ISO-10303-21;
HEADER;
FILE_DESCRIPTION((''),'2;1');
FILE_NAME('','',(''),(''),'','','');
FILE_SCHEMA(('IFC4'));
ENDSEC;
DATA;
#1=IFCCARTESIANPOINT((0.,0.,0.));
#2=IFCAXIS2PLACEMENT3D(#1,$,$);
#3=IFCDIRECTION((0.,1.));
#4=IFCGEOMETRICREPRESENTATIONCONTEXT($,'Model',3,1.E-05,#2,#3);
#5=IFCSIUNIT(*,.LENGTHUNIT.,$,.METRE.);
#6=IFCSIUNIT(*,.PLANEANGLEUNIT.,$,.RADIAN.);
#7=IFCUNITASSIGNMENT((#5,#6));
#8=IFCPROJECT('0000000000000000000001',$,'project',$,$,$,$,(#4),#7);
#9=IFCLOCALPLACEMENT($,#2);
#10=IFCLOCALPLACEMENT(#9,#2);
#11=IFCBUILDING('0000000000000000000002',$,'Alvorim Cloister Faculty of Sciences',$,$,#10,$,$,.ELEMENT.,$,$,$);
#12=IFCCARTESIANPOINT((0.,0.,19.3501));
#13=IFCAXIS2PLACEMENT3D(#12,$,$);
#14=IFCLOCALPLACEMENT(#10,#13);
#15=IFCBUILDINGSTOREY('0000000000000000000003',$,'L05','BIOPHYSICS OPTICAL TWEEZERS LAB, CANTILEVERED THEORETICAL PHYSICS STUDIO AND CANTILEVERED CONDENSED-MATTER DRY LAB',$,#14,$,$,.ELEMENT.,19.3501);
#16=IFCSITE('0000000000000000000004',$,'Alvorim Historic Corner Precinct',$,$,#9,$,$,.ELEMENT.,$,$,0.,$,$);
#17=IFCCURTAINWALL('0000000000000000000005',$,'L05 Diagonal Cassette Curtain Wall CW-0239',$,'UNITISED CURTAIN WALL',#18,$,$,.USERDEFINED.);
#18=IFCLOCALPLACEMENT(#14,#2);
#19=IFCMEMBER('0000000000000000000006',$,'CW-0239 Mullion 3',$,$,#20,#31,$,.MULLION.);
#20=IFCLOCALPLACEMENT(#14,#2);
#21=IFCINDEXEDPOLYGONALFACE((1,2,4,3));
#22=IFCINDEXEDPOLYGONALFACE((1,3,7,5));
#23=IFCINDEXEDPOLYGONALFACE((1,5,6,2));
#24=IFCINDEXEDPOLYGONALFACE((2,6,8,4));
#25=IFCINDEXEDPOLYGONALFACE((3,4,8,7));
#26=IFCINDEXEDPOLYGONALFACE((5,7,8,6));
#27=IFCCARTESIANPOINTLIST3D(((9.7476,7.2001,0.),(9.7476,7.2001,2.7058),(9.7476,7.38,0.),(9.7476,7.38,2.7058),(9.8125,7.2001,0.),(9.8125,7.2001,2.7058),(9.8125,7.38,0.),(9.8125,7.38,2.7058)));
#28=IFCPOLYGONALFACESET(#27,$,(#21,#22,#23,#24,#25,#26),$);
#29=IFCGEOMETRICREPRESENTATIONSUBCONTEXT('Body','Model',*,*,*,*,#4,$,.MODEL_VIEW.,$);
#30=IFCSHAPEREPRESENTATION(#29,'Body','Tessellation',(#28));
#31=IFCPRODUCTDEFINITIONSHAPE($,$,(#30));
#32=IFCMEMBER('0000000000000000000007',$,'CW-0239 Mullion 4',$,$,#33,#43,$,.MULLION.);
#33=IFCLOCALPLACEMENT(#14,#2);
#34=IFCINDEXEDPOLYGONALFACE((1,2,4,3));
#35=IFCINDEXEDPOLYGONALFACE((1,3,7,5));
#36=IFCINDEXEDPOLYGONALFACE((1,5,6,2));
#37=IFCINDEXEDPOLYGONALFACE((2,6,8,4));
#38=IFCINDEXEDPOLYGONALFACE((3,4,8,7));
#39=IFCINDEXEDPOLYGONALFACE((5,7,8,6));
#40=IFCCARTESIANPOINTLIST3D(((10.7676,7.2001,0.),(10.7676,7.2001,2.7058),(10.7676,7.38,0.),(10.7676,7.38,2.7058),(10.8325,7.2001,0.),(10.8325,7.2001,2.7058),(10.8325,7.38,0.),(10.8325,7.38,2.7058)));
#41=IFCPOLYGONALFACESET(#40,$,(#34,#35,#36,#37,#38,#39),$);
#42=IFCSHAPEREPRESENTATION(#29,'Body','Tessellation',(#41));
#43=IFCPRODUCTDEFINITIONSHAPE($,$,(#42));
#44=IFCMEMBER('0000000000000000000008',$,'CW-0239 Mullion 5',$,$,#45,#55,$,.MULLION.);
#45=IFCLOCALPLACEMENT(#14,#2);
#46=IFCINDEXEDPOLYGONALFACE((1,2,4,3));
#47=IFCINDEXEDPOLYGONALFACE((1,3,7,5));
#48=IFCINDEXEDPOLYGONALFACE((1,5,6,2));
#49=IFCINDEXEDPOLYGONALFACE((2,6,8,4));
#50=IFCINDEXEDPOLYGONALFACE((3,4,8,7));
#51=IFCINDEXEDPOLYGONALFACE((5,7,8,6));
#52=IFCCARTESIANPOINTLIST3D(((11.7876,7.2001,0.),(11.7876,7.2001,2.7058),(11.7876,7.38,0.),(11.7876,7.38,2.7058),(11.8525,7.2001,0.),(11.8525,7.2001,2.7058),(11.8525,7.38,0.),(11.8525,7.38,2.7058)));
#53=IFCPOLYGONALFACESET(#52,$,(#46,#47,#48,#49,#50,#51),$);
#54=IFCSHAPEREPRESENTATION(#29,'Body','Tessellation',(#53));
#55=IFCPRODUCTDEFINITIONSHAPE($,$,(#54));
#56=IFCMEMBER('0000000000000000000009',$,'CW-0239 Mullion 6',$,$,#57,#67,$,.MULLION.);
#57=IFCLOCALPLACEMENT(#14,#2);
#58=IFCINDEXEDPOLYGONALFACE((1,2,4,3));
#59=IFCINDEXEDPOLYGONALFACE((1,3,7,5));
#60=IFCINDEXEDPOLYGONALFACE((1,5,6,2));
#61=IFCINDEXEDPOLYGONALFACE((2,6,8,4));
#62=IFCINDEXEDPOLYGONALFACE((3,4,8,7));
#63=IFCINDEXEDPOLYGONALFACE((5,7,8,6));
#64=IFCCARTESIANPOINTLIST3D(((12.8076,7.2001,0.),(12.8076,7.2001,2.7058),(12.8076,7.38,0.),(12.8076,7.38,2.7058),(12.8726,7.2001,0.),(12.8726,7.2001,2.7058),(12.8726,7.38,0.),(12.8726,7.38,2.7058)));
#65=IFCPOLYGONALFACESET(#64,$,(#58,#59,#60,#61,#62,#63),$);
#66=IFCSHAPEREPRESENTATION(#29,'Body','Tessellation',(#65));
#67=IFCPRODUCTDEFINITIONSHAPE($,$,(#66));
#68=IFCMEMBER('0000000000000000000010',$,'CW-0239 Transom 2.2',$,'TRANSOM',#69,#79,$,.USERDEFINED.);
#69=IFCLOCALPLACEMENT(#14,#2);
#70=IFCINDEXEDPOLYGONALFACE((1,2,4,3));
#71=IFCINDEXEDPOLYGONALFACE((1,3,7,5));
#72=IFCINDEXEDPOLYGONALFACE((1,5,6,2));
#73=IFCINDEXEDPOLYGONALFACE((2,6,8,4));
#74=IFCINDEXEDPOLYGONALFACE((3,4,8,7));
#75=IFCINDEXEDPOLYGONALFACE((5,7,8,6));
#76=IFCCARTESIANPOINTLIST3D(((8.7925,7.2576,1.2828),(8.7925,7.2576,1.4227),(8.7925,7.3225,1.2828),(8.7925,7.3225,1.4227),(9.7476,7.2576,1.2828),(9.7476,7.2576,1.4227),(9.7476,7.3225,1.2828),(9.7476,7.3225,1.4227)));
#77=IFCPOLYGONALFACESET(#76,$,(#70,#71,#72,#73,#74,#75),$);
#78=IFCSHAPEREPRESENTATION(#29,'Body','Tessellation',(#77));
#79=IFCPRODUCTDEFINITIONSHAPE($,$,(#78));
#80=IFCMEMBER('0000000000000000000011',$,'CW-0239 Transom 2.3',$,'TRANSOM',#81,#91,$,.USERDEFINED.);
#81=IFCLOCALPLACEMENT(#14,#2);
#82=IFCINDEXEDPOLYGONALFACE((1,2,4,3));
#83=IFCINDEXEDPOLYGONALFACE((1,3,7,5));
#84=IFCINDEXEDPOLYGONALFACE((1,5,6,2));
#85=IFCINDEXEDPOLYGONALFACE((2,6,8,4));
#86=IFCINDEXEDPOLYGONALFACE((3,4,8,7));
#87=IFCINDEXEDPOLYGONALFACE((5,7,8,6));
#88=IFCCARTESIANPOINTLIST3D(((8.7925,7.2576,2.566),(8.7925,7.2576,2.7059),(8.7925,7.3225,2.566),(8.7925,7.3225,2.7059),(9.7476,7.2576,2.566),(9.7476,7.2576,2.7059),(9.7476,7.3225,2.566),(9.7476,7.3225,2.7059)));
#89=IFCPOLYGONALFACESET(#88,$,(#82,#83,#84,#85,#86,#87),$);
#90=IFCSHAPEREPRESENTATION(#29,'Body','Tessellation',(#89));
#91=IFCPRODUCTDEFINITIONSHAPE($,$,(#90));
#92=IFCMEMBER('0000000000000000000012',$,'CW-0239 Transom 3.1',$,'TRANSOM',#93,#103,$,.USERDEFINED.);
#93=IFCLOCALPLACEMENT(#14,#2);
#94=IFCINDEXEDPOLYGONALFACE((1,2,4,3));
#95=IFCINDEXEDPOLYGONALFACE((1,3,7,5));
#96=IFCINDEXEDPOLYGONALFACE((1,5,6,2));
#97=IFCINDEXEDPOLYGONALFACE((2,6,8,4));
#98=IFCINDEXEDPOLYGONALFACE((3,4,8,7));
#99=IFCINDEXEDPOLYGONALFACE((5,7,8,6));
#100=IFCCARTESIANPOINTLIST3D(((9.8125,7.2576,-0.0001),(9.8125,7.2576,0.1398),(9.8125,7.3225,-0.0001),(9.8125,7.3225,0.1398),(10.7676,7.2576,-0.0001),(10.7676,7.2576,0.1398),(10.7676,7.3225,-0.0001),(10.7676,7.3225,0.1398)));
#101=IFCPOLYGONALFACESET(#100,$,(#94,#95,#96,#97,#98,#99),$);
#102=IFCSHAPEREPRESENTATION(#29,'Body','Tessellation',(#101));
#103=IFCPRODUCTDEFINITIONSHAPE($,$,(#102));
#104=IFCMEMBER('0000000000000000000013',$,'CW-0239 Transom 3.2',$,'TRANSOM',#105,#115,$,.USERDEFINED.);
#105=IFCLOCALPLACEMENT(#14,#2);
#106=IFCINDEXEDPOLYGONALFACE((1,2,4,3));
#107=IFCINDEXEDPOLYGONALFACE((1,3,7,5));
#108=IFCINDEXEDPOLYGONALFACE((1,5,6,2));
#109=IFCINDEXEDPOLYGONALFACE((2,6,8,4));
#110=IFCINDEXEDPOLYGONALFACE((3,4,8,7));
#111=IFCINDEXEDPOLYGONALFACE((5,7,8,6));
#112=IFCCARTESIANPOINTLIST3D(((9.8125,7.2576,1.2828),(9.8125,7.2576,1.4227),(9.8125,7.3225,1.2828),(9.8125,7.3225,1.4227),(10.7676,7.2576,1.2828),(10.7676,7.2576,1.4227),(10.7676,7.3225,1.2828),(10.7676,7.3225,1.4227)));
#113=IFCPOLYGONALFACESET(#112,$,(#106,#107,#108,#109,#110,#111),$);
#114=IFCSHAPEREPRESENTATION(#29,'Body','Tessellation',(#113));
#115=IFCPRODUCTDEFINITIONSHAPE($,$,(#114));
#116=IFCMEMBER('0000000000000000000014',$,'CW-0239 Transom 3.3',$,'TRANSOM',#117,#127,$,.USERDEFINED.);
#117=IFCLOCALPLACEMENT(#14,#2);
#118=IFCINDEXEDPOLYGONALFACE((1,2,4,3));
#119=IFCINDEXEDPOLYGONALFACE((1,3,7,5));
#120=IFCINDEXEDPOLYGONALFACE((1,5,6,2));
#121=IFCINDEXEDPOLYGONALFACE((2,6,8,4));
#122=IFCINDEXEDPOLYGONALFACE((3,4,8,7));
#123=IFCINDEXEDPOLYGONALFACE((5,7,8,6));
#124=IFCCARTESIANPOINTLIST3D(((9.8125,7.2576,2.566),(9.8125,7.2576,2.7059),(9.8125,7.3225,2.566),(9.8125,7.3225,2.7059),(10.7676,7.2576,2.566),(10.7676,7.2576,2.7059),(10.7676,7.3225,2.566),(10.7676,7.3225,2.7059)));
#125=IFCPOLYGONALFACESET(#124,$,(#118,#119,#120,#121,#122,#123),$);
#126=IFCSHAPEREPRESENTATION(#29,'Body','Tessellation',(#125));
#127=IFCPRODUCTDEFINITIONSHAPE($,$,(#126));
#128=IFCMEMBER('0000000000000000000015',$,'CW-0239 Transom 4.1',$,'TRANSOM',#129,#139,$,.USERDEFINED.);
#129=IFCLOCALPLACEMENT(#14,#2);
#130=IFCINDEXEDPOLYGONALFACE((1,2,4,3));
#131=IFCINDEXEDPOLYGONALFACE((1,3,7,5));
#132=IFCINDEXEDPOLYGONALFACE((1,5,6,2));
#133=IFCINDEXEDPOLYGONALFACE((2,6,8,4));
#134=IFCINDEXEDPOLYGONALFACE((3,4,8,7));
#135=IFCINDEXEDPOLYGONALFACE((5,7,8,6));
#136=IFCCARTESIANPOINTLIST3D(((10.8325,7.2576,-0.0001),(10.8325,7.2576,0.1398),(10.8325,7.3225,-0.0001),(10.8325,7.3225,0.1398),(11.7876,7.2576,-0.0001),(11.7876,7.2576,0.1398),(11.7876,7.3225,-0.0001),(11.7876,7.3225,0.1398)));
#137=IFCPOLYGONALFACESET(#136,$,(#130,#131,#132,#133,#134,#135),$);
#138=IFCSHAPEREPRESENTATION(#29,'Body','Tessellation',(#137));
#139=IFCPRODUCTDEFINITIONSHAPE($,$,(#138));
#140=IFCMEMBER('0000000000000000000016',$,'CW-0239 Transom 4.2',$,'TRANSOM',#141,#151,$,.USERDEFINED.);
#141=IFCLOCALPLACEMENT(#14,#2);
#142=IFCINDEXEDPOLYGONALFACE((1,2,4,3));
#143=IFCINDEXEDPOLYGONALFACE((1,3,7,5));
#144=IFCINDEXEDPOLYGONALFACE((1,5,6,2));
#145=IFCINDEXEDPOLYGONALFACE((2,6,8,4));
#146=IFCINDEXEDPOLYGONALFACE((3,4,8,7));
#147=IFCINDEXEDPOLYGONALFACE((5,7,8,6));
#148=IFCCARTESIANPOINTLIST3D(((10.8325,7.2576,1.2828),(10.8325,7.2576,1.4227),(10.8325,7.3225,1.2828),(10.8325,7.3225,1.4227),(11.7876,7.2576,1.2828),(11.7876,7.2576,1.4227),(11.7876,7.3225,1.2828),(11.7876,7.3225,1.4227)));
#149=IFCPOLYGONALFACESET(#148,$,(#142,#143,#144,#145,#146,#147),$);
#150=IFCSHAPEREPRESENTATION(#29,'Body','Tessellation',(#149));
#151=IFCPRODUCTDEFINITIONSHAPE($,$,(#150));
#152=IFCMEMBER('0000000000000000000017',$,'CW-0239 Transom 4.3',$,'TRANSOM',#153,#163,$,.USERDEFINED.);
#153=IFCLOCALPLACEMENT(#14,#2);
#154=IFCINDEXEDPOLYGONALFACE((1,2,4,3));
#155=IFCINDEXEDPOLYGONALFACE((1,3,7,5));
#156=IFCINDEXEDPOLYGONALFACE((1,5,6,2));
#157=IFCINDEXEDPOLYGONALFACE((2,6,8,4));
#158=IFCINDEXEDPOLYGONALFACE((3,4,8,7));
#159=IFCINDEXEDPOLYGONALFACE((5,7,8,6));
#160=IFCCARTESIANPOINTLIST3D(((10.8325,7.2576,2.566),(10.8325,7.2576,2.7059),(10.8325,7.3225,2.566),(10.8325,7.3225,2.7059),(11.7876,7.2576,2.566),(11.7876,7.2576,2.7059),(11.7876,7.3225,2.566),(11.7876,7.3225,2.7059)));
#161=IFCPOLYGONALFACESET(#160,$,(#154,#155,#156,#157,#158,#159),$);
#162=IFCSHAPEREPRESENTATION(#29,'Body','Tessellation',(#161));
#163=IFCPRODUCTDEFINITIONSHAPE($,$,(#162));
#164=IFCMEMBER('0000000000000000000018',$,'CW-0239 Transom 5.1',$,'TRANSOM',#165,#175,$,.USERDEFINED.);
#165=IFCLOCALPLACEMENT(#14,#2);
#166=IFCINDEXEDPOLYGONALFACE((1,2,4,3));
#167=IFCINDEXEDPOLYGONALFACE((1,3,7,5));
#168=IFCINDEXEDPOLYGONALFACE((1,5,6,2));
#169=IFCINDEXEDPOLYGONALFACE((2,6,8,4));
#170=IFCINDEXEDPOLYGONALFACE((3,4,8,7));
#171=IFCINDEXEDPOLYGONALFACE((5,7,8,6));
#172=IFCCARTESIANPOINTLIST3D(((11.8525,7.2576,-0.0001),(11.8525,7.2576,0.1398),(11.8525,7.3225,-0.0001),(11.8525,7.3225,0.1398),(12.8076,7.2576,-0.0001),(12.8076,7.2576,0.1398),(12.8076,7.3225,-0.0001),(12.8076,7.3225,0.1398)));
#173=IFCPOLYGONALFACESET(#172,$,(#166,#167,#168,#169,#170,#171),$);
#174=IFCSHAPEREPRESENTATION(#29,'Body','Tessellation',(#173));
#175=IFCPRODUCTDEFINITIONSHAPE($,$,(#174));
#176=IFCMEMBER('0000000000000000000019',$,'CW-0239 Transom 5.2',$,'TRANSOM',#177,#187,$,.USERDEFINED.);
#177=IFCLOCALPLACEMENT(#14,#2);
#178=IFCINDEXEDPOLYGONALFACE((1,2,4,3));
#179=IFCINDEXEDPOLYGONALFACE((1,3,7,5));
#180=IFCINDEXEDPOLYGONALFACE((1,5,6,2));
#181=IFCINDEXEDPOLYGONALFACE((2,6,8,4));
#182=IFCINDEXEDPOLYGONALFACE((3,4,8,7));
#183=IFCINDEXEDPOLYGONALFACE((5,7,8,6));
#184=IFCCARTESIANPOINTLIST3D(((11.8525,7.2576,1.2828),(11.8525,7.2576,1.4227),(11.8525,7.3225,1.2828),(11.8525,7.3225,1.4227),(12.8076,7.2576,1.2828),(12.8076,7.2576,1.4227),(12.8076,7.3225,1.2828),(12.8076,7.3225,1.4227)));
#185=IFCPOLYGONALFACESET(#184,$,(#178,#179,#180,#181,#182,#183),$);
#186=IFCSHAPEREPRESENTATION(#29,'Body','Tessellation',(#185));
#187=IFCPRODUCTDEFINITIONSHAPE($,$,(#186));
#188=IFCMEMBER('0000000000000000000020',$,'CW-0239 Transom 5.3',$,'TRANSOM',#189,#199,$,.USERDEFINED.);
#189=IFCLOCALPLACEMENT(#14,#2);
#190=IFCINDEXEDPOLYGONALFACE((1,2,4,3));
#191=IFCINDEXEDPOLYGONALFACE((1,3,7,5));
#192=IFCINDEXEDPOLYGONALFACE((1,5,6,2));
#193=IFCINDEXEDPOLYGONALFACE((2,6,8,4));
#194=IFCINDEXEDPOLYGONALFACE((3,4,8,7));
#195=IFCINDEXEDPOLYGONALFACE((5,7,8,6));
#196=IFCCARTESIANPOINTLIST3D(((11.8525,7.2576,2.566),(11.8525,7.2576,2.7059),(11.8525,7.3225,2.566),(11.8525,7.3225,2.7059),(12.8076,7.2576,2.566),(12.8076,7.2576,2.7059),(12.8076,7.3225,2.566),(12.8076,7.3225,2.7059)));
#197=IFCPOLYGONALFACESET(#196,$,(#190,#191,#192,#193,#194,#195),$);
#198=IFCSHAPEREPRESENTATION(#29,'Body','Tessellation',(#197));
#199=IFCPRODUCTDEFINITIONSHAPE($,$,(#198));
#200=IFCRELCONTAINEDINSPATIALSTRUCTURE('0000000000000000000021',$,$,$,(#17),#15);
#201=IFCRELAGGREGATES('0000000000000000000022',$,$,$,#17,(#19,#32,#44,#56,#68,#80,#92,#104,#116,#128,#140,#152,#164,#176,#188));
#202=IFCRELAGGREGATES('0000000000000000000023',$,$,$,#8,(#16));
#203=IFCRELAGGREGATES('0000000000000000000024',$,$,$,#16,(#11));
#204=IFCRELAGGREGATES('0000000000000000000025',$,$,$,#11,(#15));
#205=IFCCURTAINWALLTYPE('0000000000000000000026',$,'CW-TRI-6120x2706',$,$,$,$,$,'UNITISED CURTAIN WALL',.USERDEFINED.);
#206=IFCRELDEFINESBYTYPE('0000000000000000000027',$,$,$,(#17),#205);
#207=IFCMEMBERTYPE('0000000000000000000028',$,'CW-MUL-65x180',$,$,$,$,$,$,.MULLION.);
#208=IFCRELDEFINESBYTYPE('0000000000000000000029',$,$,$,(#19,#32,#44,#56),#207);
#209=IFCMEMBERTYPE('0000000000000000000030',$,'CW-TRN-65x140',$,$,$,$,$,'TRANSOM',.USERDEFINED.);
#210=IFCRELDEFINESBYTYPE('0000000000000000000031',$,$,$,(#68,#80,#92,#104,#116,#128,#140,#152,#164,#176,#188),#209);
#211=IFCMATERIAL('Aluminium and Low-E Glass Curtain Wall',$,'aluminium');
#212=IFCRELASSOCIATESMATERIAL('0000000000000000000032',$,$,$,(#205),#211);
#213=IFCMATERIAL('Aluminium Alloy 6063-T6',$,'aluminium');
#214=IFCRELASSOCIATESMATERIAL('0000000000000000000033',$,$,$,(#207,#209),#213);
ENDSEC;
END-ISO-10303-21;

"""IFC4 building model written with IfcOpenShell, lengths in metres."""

from ifc_helpers import new_model, si_unit, direction, frame, origin, origin_2d, place, context, subcontext, project, spatial, rectangle, extrude, material, material_profile, profile_set, type_object, element, aggregate, save


model = new_model("IFC4")

# Units and contexts
model_context = context("Model", 3, precision=1e-05, world=origin(), true_north=direction((0.0, 1.0)))
body_context = subcontext(model_context, "Body", "Model", "MODEL_VIEW")
ifc_project = project(units=[si_unit("LENGTHUNIT", "METRE"), si_unit("PLANEANGLEUNIT", "RADIAN")], contexts=[model_context])

# Site, building, storey
site_placement = place(None, origin())
site = spatial("IfcSite", under=ifc_project, at=site_placement, Name="Alvorim Historic Corner Precinct", CompositionType="ELEMENT", RefElevation=0.0)
building_placement = place(site_placement, origin())
building = spatial("IfcBuilding", under=site, at=building_placement, Name="Alvorim Cloister Faculty of Sciences", CompositionType="ELEMENT")
storey_placement = place(building_placement, frame((0.0, 0.0, 19.3501)))
storey = spatial("IfcBuildingStorey", under=building, at=storey_placement, Name="L05", Description="BIOPHYSICS OPTICAL TWEEZERS LAB, CANTILEVERED THEORETICAL PHYSICS STUDIO AND CANTILEVERED CONDENSED-MATTER DRY LAB", CompositionType="ELEMENT", Elevation=19.3501)

# Curtain wall, members
ifc_material_1 = material(Name="Aluminium and Low-E Glass Curtain Wall", Category="aluminium")
curtain_wall_type = type_object("IfcCurtainWallType", Name="CW-TRI-6120x2706", ElementType="UNITISED CURTAIN WALL", PredefinedType="USERDEFINED", material=ifc_material_1)
curtain_wall_placement = place(storey_placement, origin())
curtain_wall = element("IfcCurtainWall", 1, at=curtain_wall_placement, inside=storey, type_object=curtain_wall_type, Name="L05 Diagonal Cassette Curtain Wall CW-0239", ObjectType="UNITISED CURTAIN WALL", PredefinedType="USERDEFINED")
ifc_material_2 = material(Name="Aluminium Alloy 6063-T6", Category="aluminium")
ifc_material_profile_1 = material_profile(ifc_material_2, rectangle(XDim=0.0649, YDim=0.1799, at=origin_2d()), Name="ALU-MUL-65x180")
ifc_profile_set_1 = profile_set([ifc_material_profile_1], Name="Aluminium Alloy 6063-T6")
member_type_1 = type_object("IfcMemberType", Name="CW-MUL-65x180", PredefinedType="MULLION", material=ifc_profile_set_1)
member_1_placement = place(storey_placement, frame((9.78, 7.29, 0.0), z_axis=(0.0, 0.0, 1.0), x_axis=(1.0, 0.0, 0.0)))
member_1 = element("IfcMember", 2, at=member_1_placement, type_object=member_type_1, Name="CW-0239 Mullion 3", PredefinedType="MULLION", context=body_context, shape_type="SweptSolid", body=[
    extrude(rectangle(XDim=0.0649, YDim=0.1799, at=origin_2d()), origin(), (0.0, 0.0, 1.0), 2.7058),
])
member_2_placement = place(storey_placement, frame((10.8, 7.29, 0.0), z_axis=(0.0, 0.0, 1.0), x_axis=(1.0, 0.0, 0.0)))
member_2 = element("IfcMember", 3, at=member_2_placement, type_object=member_type_1, Name="CW-0239 Mullion 4", PredefinedType="MULLION", context=body_context, shape_type="SweptSolid", body=[
    extrude(rectangle(XDim=0.0649, YDim=0.1799, at=origin_2d()), origin(), (0.0, 0.0, 1.0), 2.7058),
])
member_3_placement = place(storey_placement, frame((11.8201, 7.29, 0.0), z_axis=(0.0, 0.0, 1.0), x_axis=(1.0, 0.0, 0.0)))
member_3 = element("IfcMember", 4, at=member_3_placement, type_object=member_type_1, Name="CW-0239 Mullion 5", PredefinedType="MULLION", context=body_context, shape_type="SweptSolid", body=[
    extrude(rectangle(XDim=0.0649, YDim=0.1799, at=origin_2d()), origin(), (0.0, 0.0, 1.0), 2.7058),
])
member_4_placement = place(storey_placement, frame((12.8401, 7.29, 0.0), z_axis=(0.0, 0.0, 1.0), x_axis=(1.0, 0.0, 0.0)))
member_4 = element("IfcMember", 5, at=member_4_placement, type_object=member_type_1, Name="CW-0239 Mullion 6", PredefinedType="MULLION", context=body_context, shape_type="SweptSolid", body=[
    extrude(rectangle(XDim=0.0649, YDim=0.1799, at=origin_2d()), origin(), (0.0, 0.0, 1.0), 2.7058),
])
ifc_material_profile_2 = material_profile(ifc_material_2, rectangle(XDim=0.0649, YDim=0.1399, at=origin_2d()), Name="ALU-TRN-65x140")
ifc_profile_set_2 = profile_set([ifc_material_profile_2], Name="Aluminium Alloy 6063-T6")
member_type_2 = type_object("IfcMemberType", Name="CW-TRN-65x140", ElementType="TRANSOM", PredefinedType="USERDEFINED", material=ifc_profile_set_2)
member_5_placement = place(storey_placement, frame((8.7925, 7.29, 1.3528), z_axis=(1.0, 0.0, 0.0), x_axis=(0.0, 1.0, 0.0)))
member_5 = element("IfcMember", 6, at=member_5_placement, type_object=member_type_2, Name="CW-0239 Transom 2.2", ObjectType="TRANSOM", PredefinedType="USERDEFINED", context=body_context, shape_type="SweptSolid", body=[
    extrude(rectangle(XDim=0.0649, YDim=0.1399, at=origin_2d()), origin(), (0.0, 0.0, 1.0), 0.9551),
])
member_6_placement = place(storey_placement, frame((8.7925, 7.29, 2.636), z_axis=(1.0, 0.0, 0.0), x_axis=(0.0, 1.0, 0.0)))
member_6 = element("IfcMember", 7, at=member_6_placement, type_object=member_type_2, Name="CW-0239 Transom 2.3", ObjectType="TRANSOM", PredefinedType="USERDEFINED", context=body_context, shape_type="SweptSolid", body=[
    extrude(rectangle(XDim=0.0649, YDim=0.1399, at=origin_2d()), origin(), (0.0, 0.0, 1.0), 0.9551),
])
member_7_placement = place(storey_placement, frame((9.8125, 7.29, 0.0698), z_axis=(1.0, 0.0, 0.0), x_axis=(0.0, 1.0, 0.0)))
member_7 = element("IfcMember", 8, at=member_7_placement, type_object=member_type_2, Name="CW-0239 Transom 3.1", ObjectType="TRANSOM", PredefinedType="USERDEFINED", context=body_context, shape_type="SweptSolid", body=[
    extrude(rectangle(XDim=0.0649, YDim=0.1399, at=origin_2d()), origin(), (0.0, 0.0, 1.0), 0.9551),
])
member_8_placement = place(storey_placement, frame((9.8125, 7.29, 1.3528), z_axis=(1.0, 0.0, 0.0), x_axis=(0.0, 1.0, 0.0)))
member_8 = element("IfcMember", 9, at=member_8_placement, type_object=member_type_2, Name="CW-0239 Transom 3.2", ObjectType="TRANSOM", PredefinedType="USERDEFINED", context=body_context, shape_type="SweptSolid", body=[
    extrude(rectangle(XDim=0.0649, YDim=0.1399, at=origin_2d()), origin(), (0.0, 0.0, 1.0), 0.9551),
])
member_9_placement = place(storey_placement, frame((9.8125, 7.29, 2.636), z_axis=(1.0, 0.0, 0.0), x_axis=(0.0, 1.0, 0.0)))
member_9 = element("IfcMember", 10, at=member_9_placement, type_object=member_type_2, Name="CW-0239 Transom 3.3", ObjectType="TRANSOM", PredefinedType="USERDEFINED", context=body_context, shape_type="SweptSolid", body=[
    extrude(rectangle(XDim=0.0649, YDim=0.1399, at=origin_2d()), origin(), (0.0, 0.0, 1.0), 0.9551),
])
member_10_placement = place(storey_placement, frame((10.8325, 7.29, 0.0698), z_axis=(1.0, 0.0, 0.0), x_axis=(0.0, 1.0, 0.0)))
member_10 = element("IfcMember", 11, at=member_10_placement, type_object=member_type_2, Name="CW-0239 Transom 4.1", ObjectType="TRANSOM", PredefinedType="USERDEFINED", context=body_context, shape_type="SweptSolid", body=[
    extrude(rectangle(XDim=0.0649, YDim=0.1399, at=origin_2d()), origin(), (0.0, 0.0, 1.0), 0.9551),
])
member_11_placement = place(storey_placement, frame((10.8325, 7.29, 1.3528), z_axis=(1.0, 0.0, 0.0), x_axis=(0.0, 1.0, 0.0)))
member_11 = element("IfcMember", 12, at=member_11_placement, type_object=member_type_2, Name="CW-0239 Transom 4.2", ObjectType="TRANSOM", PredefinedType="USERDEFINED", context=body_context, shape_type="SweptSolid", body=[
    extrude(rectangle(XDim=0.0649, YDim=0.1399, at=origin_2d()), origin(), (0.0, 0.0, 1.0), 0.9551),
])
member_12_placement = place(storey_placement, frame((10.8325, 7.29, 2.636), z_axis=(1.0, 0.0, 0.0), x_axis=(0.0, 1.0, 0.0)))
member_12 = element("IfcMember", 13, at=member_12_placement, type_object=member_type_2, Name="CW-0239 Transom 4.3", ObjectType="TRANSOM", PredefinedType="USERDEFINED", context=body_context, shape_type="SweptSolid", body=[
    extrude(rectangle(XDim=0.0649, YDim=0.1399, at=origin_2d()), origin(), (0.0, 0.0, 1.0), 0.9551),
])
member_13_placement = place(storey_placement, frame((11.8525, 7.29, 0.0698), z_axis=(1.0, 0.0, 0.0), x_axis=(0.0, 1.0, 0.0)))
member_13 = element("IfcMember", 14, at=member_13_placement, type_object=member_type_2, Name="CW-0239 Transom 5.1", ObjectType="TRANSOM", PredefinedType="USERDEFINED", context=body_context, shape_type="SweptSolid", body=[
    extrude(rectangle(XDim=0.0649, YDim=0.1399, at=origin_2d()), origin(), (0.0, 0.0, 1.0), 0.9551),
])
member_14_placement = place(storey_placement, frame((11.8525, 7.29, 1.3528), z_axis=(1.0, 0.0, 0.0), x_axis=(0.0, 1.0, 0.0)))
member_14 = element("IfcMember", 15, at=member_14_placement, type_object=member_type_2, Name="CW-0239 Transom 5.2", ObjectType="TRANSOM", PredefinedType="USERDEFINED", context=body_context, shape_type="SweptSolid", body=[
    extrude(rectangle(XDim=0.0649, YDim=0.1399, at=origin_2d()), origin(), (0.0, 0.0, 1.0), 0.9551),
])
member_15_placement = place(storey_placement, frame((11.8525, 7.29, 2.636), z_axis=(1.0, 0.0, 0.0), x_axis=(0.0, 1.0, 0.0)))
member_15 = element("IfcMember", 16, at=member_15_placement, type_object=member_type_2, Name="CW-0239 Transom 5.3", ObjectType="TRANSOM", PredefinedType="USERDEFINED", context=body_context, shape_type="SweptSolid", body=[
    extrude(rectangle(XDim=0.0649, YDim=0.1399, at=origin_2d()), origin(), (0.0, 0.0, 1.0), 0.9551),
])
aggregate(curtain_wall, [member_1, member_2, member_3, member_4, member_5, member_6, member_7, member_8, member_9, member_10, member_11, member_12, member_13, member_14, member_15])

save(model, "model.ifc")
